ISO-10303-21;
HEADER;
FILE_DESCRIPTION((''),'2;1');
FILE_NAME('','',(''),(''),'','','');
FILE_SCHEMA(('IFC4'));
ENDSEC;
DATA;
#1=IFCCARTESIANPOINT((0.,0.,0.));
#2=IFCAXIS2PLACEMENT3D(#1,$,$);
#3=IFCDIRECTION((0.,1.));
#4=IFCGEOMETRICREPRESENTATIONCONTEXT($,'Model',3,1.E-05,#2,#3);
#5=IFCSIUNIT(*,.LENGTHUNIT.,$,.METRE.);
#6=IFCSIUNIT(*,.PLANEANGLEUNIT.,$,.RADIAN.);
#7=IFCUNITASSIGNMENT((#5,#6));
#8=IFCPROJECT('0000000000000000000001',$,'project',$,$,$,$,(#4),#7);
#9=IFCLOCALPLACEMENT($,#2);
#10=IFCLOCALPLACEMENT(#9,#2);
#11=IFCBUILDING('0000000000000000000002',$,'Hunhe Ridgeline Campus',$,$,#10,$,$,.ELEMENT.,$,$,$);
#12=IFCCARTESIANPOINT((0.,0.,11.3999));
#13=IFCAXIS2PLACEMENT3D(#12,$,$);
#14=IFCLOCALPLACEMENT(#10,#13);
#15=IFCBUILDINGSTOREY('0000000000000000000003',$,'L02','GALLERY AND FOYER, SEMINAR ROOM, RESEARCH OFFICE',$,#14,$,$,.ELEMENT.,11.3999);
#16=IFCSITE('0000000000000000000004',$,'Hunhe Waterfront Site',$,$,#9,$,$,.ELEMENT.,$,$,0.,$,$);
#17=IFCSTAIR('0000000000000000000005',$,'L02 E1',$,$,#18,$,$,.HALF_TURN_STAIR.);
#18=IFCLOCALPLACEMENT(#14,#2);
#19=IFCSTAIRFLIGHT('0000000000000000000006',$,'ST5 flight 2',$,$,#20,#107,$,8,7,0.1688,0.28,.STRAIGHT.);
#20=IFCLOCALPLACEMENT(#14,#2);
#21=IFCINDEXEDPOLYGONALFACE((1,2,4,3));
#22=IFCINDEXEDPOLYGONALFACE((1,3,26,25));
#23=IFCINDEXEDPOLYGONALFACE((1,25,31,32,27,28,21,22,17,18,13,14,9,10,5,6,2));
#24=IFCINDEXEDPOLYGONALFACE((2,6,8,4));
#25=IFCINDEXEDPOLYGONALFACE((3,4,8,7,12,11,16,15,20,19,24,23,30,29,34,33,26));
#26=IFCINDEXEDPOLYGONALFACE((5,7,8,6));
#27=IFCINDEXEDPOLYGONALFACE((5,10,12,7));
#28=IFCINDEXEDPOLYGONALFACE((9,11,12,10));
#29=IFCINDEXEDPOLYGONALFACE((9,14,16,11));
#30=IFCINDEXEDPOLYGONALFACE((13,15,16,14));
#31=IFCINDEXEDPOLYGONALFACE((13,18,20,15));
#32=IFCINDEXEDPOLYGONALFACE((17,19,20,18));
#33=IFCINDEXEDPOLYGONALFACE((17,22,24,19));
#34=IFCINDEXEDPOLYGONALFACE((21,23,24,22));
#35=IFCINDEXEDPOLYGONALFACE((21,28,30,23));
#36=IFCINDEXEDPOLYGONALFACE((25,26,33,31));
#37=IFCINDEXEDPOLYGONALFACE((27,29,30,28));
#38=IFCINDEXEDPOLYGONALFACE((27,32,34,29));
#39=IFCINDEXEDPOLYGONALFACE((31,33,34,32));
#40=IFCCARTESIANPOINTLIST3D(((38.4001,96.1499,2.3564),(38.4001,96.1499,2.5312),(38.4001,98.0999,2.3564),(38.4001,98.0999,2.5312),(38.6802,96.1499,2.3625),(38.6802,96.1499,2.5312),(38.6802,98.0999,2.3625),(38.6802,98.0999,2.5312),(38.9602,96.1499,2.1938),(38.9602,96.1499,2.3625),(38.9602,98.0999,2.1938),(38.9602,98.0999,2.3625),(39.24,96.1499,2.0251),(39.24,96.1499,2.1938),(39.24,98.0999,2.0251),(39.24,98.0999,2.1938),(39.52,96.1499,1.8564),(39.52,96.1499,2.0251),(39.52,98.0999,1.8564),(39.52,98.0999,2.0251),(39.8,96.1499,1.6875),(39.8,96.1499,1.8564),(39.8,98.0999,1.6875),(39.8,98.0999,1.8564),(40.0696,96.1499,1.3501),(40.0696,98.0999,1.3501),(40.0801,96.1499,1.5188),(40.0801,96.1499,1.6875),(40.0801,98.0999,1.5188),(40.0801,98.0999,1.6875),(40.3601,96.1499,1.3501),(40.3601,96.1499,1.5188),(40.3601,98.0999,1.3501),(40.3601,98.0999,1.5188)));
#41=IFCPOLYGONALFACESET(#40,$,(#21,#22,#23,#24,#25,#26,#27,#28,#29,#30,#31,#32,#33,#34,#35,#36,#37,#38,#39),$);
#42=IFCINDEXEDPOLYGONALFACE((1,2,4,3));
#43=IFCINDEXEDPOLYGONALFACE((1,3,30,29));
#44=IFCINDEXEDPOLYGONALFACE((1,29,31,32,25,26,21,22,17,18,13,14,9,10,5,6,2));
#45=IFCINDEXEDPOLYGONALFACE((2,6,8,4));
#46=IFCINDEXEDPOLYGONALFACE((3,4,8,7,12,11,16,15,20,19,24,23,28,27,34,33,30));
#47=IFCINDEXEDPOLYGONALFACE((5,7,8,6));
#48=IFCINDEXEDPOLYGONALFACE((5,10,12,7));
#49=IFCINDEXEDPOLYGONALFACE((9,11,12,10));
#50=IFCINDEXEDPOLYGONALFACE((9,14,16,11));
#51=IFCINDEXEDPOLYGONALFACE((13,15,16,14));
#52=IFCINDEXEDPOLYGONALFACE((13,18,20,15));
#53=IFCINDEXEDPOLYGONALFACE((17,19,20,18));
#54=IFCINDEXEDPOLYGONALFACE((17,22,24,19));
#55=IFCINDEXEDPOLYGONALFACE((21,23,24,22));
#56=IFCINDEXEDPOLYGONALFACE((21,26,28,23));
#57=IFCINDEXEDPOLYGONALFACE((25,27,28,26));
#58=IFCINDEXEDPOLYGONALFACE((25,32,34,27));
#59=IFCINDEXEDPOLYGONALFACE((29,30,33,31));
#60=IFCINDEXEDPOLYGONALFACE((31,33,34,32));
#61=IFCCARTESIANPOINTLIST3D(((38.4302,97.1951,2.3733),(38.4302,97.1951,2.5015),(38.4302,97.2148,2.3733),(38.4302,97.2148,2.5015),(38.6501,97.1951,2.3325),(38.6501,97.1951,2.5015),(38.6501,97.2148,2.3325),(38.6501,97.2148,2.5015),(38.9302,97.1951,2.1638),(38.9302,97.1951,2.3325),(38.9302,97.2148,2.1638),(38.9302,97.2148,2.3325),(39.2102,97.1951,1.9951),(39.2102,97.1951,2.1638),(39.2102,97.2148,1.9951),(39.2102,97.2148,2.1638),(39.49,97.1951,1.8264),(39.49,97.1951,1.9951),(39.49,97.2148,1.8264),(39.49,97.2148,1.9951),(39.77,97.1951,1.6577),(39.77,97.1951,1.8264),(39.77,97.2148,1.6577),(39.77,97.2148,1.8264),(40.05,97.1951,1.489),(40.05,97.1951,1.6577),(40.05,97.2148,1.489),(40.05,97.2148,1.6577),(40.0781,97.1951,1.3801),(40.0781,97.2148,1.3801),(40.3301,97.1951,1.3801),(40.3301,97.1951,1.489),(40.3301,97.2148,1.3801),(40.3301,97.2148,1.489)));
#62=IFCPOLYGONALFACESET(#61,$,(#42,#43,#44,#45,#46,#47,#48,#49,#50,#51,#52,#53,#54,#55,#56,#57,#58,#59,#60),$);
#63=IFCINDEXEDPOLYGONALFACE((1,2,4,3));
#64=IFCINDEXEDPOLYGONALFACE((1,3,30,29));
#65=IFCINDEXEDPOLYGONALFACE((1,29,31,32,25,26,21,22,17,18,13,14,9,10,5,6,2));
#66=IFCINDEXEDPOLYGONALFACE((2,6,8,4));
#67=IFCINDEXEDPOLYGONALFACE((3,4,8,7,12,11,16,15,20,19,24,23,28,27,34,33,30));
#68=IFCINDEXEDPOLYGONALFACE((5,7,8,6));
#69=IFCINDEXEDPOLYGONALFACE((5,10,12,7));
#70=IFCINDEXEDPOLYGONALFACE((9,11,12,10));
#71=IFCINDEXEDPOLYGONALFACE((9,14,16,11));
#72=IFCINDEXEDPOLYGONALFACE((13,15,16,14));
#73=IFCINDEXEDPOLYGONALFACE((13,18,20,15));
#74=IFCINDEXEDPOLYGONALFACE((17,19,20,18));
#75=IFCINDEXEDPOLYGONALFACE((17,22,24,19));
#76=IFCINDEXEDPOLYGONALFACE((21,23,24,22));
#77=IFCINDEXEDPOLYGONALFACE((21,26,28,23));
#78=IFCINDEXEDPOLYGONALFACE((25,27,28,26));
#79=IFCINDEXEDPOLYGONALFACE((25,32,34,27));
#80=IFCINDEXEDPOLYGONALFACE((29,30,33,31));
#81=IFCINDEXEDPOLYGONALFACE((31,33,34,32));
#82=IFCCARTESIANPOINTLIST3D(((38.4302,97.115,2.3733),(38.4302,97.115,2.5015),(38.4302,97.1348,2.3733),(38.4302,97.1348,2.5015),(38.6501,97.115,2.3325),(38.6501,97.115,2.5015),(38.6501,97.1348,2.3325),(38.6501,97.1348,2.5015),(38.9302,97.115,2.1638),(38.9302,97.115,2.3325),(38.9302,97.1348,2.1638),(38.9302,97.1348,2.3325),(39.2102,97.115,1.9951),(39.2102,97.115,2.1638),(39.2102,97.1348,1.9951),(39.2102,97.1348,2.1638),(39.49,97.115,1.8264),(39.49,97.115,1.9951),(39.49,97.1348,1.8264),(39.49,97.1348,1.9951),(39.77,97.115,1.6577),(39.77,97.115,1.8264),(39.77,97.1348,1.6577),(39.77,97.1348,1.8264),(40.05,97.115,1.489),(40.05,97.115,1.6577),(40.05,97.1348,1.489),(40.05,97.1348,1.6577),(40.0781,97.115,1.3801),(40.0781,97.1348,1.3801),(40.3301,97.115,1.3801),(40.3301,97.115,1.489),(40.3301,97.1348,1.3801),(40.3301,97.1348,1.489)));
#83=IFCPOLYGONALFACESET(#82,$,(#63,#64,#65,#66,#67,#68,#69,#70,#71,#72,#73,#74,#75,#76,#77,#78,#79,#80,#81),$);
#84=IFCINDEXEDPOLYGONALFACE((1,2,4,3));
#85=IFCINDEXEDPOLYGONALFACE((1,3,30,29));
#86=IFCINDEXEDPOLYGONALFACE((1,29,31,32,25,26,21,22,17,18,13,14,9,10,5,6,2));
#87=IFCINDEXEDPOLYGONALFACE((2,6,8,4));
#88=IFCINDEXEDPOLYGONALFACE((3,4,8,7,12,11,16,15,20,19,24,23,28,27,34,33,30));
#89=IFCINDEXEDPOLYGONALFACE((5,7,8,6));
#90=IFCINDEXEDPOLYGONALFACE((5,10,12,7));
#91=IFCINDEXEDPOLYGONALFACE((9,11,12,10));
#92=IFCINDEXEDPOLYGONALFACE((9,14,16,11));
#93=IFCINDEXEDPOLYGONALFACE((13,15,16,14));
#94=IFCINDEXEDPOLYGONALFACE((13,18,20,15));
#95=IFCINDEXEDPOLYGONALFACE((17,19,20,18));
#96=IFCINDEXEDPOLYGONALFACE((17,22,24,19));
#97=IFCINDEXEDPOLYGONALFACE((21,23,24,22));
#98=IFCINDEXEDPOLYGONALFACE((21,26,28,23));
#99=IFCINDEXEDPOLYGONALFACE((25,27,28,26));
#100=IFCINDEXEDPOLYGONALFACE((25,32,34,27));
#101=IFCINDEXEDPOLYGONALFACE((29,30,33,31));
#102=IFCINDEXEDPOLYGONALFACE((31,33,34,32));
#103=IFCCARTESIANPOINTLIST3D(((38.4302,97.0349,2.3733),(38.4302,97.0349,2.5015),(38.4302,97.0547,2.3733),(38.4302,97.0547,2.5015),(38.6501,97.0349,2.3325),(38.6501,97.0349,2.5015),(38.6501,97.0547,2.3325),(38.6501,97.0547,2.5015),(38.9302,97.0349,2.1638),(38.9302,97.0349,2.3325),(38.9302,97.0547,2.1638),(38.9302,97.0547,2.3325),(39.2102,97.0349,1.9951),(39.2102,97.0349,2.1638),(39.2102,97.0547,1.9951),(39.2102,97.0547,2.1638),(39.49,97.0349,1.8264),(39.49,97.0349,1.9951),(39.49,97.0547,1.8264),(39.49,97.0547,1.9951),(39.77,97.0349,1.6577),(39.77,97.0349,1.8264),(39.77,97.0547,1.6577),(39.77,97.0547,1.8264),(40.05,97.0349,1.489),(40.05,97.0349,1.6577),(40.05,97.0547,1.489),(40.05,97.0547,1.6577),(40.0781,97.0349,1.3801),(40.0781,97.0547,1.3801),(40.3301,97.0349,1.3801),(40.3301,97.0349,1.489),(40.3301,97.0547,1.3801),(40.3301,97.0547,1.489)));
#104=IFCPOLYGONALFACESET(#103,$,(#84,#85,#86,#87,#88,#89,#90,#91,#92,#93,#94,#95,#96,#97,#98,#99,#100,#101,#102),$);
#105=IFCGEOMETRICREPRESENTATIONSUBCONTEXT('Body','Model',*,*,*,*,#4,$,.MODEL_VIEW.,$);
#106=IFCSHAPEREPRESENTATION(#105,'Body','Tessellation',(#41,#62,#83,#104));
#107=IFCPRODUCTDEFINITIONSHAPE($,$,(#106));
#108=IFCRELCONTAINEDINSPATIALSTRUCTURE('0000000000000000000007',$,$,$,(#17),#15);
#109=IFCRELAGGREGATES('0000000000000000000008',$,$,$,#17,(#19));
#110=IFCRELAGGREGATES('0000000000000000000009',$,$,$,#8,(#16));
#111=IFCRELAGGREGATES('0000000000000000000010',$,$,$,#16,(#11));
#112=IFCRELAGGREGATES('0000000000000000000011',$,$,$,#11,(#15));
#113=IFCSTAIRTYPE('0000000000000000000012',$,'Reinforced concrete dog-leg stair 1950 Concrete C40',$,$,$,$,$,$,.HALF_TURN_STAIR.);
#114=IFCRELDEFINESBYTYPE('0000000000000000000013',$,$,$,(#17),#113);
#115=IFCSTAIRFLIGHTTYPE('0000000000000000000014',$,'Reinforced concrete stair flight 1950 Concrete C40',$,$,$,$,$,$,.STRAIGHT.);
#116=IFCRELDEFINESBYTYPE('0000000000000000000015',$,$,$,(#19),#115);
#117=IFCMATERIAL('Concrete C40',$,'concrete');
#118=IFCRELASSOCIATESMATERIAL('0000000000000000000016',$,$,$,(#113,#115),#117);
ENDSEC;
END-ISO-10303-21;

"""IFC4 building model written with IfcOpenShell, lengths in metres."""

from ifc_helpers import new_model, si_unit, direction, frame, origin, place, context, subcontext, project, spatial, polyline, outline, extrude, material, type_object, element, aggregate, save


model = new_model("IFC4")

# Units and contexts
model_context = context("Model", 3, precision=1e-05, world=origin(), true_north=direction((0.0, 1.0)))
body_context = subcontext(model_context, "Body", "Model", "MODEL_VIEW")
ifc_project = project(units=[si_unit("LENGTHUNIT", "METRE"), si_unit("PLANEANGLEUNIT", "RADIAN")], contexts=[model_context])

# Site, building, storey
site_placement = place(None, origin())
site = spatial("IfcSite", under=ifc_project, at=site_placement, Name="Hunhe Waterfront Site", CompositionType="ELEMENT", RefElevation=0.0)
building_placement = place(site_placement, origin())
building = spatial("IfcBuilding", under=site, at=building_placement, Name="Hunhe Ridgeline Campus", CompositionType="ELEMENT")
storey_placement = place(building_placement, frame((0.0, 0.0, 11.3999)))
storey = spatial("IfcBuildingStorey", under=building, at=storey_placement, Name="L02", Description="GALLERY AND FOYER, SEMINAR ROOM, RESEARCH OFFICE", CompositionType="ELEMENT", Elevation=11.3999)

# Stair, stair flight
ifc_material_1 = material(Name="Concrete C40", Category="concrete")
stair_type = type_object("IfcStairType", Name="Reinforced concrete dog-leg stair 1950 Concrete C40", PredefinedType="HALF_TURN_STAIR", material=ifc_material_1)
stair_placement = place(storey_placement, origin())
stair = element("IfcStair", 1, at=stair_placement, inside=storey, type_object=stair_type, Name="L02 E1", PredefinedType="HALF_TURN_STAIR")
stair_flight_type = type_object("IfcStairFlightType", Name="Reinforced concrete stair flight 1950 Concrete C40", PredefinedType="STRAIGHT", material=ifc_material_1)
stair_flight_1_placement = place(storey_placement, frame((40.3601, 97.125, 1.3501), z_axis=(0.0, 0.0, 1.0), x_axis=(-1.0, 0.0, 0.0)))
stair_flight_1 = element("IfcStairFlight", 2, at=stair_flight_1_placement, type_object=stair_flight_type, Name="ST5 flight 2", NumberOfRisers=8, NumberOfTreads=7, PredefinedType="STRAIGHT", RiserHeight=0.1688, TreadLength=0.28, context=body_context, shape_type="SweptSolid", body=[
    extrude(outline(polyline([(0.0, 0.0), (0.0, 0.1687), (0.28, 0.1687), (0.28, 0.3374), (0.5601, 0.3374), (0.5601, 0.5063), (0.8401, 0.5063), (0.8401, 0.675), (1.1201, 0.675), (1.1201, 0.8438), (1.3999, 0.8438), (1.3999, 1.0125), (1.6799, 1.0125), (1.6799, 1.1812), (1.96, 1.1812), (1.96, 1.3501), (1.96, 1.0063), (0.2905, 0.0), (0.0, 0.0)])), frame((0.0, 0.9751, 0.0), z_axis=(0.0, -1.0, 0.0), x_axis=(1.0, 0.0, 0.0)), (0.0, 0.0, 1.0), 1.95),
    extrude(outline(polyline([(0.03, 0.03), (0.03, 0.1389), (0.3101, 0.1389), (0.3101, 0.3076), (0.5901, 0.3076), (0.5901, 0.4763), (0.8701, 0.4763), (0.8701, 0.645), (1.1499, 0.645), (1.1499, 0.8137), (1.4299, 0.8137), (1.4299, 0.9824), (1.71, 0.9824), (1.71, 1.1514), (1.9299, 1.1514), (1.9299, 1.0232), (0.282, 0.03), (0.03, 0.03)])), frame((0.0, -0.0701, 0.0), z_axis=(0.0, -1.0, 0.0), x_axis=(1.0, 0.0, 0.0)), (0.0, 0.0, 1.0), 0.0198),
    extrude(outline(polyline([(0.03, 0.03), (0.03, 0.1389), (0.3101, 0.1389), (0.3101, 0.3076), (0.5901, 0.3076), (0.5901, 0.4763), (0.8701, 0.4763), (0.8701, 0.645), (1.1499, 0.645), (1.1499, 0.8137), (1.4299, 0.8137), (1.4299, 0.9824), (1.71, 0.9824), (1.71, 1.1514), (1.9299, 1.1514), (1.9299, 1.0232), (0.282, 0.03), (0.03, 0.03)])), frame((0.0, 0.01, 0.0), z_axis=(0.0, -1.0, 0.0), x_axis=(1.0, 0.0, 0.0)), (0.0, 0.0, 1.0), 0.0198),
    extrude(outline(polyline([(0.03, 0.03), (0.03, 0.1389), (0.3101, 0.1389), (0.3101, 0.3076), (0.5901, 0.3076), (0.5901, 0.4763), (0.8701, 0.4763), (0.8701, 0.645), (1.1499, 0.645), (1.1499, 0.8137), (1.4299, 0.8137), (1.4299, 0.9824), (1.71, 0.9824), (1.71, 1.1514), (1.9299, 1.1514), (1.9299, 1.0232), (0.282, 0.03), (0.03, 0.03)])), frame((0.0, 0.0901, 0.0), z_axis=(0.0, -1.0, 0.0), x_axis=(1.0, 0.0, 0.0)), (0.0, 0.0, 1.0), 0.0198),
])
aggregate(stair, [stair_flight_1])

save(model, "model.ifc")
